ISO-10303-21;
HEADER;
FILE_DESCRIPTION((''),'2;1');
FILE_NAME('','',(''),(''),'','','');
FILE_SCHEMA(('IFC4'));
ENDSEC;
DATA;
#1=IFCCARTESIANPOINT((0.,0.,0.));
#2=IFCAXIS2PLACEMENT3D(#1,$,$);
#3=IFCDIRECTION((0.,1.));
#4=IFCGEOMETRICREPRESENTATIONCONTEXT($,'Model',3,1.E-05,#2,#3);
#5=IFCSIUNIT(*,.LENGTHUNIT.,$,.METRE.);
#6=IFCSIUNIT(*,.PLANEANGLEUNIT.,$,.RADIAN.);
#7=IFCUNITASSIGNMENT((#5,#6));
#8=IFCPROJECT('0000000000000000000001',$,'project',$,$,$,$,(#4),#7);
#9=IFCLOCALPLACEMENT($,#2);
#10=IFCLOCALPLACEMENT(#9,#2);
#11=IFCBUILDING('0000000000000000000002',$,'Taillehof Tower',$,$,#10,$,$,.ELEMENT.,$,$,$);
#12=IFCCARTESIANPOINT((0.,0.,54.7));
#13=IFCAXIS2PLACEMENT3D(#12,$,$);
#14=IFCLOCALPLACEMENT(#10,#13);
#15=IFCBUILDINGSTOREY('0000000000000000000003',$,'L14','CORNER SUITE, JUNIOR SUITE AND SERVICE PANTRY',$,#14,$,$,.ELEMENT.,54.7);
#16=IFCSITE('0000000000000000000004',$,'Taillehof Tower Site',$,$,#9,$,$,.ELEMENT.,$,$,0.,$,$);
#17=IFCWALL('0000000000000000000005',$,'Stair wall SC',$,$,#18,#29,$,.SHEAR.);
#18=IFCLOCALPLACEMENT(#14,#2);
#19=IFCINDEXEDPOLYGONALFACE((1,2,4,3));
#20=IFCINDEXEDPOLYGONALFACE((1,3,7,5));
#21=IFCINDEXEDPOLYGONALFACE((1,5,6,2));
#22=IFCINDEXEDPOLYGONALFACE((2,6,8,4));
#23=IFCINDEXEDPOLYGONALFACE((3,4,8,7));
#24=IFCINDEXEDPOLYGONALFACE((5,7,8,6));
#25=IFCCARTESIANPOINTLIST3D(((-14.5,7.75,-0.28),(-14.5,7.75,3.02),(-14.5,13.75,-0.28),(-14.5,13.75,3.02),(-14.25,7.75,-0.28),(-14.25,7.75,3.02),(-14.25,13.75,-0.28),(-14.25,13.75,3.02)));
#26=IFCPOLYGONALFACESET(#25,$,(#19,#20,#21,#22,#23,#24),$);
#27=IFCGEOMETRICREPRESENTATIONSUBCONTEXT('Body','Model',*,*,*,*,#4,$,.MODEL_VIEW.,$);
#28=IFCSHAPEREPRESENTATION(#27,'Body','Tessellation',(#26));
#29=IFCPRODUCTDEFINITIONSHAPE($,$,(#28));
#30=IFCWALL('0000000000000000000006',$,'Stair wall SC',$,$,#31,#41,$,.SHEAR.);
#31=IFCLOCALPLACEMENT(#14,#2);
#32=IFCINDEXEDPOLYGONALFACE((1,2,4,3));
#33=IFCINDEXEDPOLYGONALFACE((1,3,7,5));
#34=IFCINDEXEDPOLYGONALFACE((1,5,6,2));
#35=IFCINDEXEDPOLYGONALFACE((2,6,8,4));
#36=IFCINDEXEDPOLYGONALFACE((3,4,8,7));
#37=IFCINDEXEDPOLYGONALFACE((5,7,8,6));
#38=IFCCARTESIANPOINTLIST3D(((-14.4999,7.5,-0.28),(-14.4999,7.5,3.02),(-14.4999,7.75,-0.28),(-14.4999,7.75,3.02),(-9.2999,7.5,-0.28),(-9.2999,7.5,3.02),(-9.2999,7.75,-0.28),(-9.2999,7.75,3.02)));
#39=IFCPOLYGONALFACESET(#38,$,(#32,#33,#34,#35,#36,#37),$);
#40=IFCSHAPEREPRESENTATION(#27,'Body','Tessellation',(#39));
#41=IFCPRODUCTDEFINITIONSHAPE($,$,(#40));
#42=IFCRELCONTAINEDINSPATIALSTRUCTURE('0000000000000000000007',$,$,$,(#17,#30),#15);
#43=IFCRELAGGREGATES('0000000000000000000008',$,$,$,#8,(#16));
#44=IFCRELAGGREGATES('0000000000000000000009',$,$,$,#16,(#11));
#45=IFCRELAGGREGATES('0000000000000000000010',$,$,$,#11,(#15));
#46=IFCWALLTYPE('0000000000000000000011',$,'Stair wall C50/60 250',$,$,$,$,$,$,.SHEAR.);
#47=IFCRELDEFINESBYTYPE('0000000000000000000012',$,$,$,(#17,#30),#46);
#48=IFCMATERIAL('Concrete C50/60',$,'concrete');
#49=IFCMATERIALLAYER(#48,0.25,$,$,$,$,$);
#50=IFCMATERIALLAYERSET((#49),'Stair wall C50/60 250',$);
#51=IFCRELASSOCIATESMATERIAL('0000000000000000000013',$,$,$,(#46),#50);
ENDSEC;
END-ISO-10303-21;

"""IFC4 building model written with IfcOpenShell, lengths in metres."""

from ifc_helpers import new_model, si_unit, direction, frame, frame_2d, origin, place, context, subcontext, project, spatial, rectangle, extrude, material, layer, layer_set, type_object, element, save


model = new_model("IFC4")

# Units and contexts
model_context = context("Model", 3, precision=1e-05, world=origin(), true_north=direction((0.0, 1.0)))
body_context = subcontext(model_context, "Body", "Model", "MODEL_VIEW")
ifc_project = project(units=[si_unit("LENGTHUNIT", "METRE"), si_unit("PLANEANGLEUNIT", "RADIAN")], contexts=[model_context])

# Site, building, storey
site_placement = place(None, origin())
site = spatial("IfcSite", under=ifc_project, at=site_placement, Name="Taillehof Tower Site", CompositionType="ELEMENT", RefElevation=0.0)
building_placement = place(site_placement, origin())
building = spatial("IfcBuilding", under=site, at=building_placement, Name="Taillehof Tower", CompositionType="ELEMENT")
storey_placement = place(building_placement, frame((0.0, 0.0, 54.7)))
storey = spatial("IfcBuildingStorey", under=building, at=storey_placement, Name="L14", Description="CORNER SUITE, JUNIOR SUITE AND SERVICE PANTRY", CompositionType="ELEMENT", Elevation=54.7)

# Walls
ifc_material_1 = material(Name="Concrete C50/60", Category="concrete")
ifc_layer_1 = layer(ifc_material_1, 0.25)
ifc_layer_set_1 = layer_set([ifc_layer_1], Name="Stair wall C50/60 250")
wall_type_1 = type_object("IfcWallType", Name="Stair wall C50/60 250", PredefinedType="SHEAR", material=ifc_layer_set_1)
wall_1_placement = place(storey_placement, frame((-14.375, 7.75, -0.28), z_axis=(0.0, 0.0, 1.0), x_axis=(0.0, 1.0, 0.0)))
element("IfcWall", 1, at=wall_1_placement, inside=storey, type_object=wall_type_1, Name="Stair wall SC", PredefinedType="SHEAR", context=body_context, shape_type="SweptSolid", body=[
    extrude(rectangle(XDim=6.0, YDim=0.25, at=frame_2d((3.0, 0.0))), origin(), (0.0, 0.0, 1.0), 3.3),
])
wall_2_placement = place(storey_placement, frame((-14.5, 7.625, -0.28), z_axis=(0.0, 0.0, 1.0), x_axis=(1.0, 0.0, 0.0)))
element("IfcWall", 2, at=wall_2_placement, inside=storey, type_object=wall_type_1, Name="Stair wall SC", PredefinedType="SHEAR", context=body_context, shape_type="SweptSolid", body=[
    extrude(rectangle(XDim=5.2, YDim=0.25, at=frame_2d((2.6001, 0.0))), origin(), (0.0, 0.0, 1.0), 3.3),
])

save(model, "model.ifc")
